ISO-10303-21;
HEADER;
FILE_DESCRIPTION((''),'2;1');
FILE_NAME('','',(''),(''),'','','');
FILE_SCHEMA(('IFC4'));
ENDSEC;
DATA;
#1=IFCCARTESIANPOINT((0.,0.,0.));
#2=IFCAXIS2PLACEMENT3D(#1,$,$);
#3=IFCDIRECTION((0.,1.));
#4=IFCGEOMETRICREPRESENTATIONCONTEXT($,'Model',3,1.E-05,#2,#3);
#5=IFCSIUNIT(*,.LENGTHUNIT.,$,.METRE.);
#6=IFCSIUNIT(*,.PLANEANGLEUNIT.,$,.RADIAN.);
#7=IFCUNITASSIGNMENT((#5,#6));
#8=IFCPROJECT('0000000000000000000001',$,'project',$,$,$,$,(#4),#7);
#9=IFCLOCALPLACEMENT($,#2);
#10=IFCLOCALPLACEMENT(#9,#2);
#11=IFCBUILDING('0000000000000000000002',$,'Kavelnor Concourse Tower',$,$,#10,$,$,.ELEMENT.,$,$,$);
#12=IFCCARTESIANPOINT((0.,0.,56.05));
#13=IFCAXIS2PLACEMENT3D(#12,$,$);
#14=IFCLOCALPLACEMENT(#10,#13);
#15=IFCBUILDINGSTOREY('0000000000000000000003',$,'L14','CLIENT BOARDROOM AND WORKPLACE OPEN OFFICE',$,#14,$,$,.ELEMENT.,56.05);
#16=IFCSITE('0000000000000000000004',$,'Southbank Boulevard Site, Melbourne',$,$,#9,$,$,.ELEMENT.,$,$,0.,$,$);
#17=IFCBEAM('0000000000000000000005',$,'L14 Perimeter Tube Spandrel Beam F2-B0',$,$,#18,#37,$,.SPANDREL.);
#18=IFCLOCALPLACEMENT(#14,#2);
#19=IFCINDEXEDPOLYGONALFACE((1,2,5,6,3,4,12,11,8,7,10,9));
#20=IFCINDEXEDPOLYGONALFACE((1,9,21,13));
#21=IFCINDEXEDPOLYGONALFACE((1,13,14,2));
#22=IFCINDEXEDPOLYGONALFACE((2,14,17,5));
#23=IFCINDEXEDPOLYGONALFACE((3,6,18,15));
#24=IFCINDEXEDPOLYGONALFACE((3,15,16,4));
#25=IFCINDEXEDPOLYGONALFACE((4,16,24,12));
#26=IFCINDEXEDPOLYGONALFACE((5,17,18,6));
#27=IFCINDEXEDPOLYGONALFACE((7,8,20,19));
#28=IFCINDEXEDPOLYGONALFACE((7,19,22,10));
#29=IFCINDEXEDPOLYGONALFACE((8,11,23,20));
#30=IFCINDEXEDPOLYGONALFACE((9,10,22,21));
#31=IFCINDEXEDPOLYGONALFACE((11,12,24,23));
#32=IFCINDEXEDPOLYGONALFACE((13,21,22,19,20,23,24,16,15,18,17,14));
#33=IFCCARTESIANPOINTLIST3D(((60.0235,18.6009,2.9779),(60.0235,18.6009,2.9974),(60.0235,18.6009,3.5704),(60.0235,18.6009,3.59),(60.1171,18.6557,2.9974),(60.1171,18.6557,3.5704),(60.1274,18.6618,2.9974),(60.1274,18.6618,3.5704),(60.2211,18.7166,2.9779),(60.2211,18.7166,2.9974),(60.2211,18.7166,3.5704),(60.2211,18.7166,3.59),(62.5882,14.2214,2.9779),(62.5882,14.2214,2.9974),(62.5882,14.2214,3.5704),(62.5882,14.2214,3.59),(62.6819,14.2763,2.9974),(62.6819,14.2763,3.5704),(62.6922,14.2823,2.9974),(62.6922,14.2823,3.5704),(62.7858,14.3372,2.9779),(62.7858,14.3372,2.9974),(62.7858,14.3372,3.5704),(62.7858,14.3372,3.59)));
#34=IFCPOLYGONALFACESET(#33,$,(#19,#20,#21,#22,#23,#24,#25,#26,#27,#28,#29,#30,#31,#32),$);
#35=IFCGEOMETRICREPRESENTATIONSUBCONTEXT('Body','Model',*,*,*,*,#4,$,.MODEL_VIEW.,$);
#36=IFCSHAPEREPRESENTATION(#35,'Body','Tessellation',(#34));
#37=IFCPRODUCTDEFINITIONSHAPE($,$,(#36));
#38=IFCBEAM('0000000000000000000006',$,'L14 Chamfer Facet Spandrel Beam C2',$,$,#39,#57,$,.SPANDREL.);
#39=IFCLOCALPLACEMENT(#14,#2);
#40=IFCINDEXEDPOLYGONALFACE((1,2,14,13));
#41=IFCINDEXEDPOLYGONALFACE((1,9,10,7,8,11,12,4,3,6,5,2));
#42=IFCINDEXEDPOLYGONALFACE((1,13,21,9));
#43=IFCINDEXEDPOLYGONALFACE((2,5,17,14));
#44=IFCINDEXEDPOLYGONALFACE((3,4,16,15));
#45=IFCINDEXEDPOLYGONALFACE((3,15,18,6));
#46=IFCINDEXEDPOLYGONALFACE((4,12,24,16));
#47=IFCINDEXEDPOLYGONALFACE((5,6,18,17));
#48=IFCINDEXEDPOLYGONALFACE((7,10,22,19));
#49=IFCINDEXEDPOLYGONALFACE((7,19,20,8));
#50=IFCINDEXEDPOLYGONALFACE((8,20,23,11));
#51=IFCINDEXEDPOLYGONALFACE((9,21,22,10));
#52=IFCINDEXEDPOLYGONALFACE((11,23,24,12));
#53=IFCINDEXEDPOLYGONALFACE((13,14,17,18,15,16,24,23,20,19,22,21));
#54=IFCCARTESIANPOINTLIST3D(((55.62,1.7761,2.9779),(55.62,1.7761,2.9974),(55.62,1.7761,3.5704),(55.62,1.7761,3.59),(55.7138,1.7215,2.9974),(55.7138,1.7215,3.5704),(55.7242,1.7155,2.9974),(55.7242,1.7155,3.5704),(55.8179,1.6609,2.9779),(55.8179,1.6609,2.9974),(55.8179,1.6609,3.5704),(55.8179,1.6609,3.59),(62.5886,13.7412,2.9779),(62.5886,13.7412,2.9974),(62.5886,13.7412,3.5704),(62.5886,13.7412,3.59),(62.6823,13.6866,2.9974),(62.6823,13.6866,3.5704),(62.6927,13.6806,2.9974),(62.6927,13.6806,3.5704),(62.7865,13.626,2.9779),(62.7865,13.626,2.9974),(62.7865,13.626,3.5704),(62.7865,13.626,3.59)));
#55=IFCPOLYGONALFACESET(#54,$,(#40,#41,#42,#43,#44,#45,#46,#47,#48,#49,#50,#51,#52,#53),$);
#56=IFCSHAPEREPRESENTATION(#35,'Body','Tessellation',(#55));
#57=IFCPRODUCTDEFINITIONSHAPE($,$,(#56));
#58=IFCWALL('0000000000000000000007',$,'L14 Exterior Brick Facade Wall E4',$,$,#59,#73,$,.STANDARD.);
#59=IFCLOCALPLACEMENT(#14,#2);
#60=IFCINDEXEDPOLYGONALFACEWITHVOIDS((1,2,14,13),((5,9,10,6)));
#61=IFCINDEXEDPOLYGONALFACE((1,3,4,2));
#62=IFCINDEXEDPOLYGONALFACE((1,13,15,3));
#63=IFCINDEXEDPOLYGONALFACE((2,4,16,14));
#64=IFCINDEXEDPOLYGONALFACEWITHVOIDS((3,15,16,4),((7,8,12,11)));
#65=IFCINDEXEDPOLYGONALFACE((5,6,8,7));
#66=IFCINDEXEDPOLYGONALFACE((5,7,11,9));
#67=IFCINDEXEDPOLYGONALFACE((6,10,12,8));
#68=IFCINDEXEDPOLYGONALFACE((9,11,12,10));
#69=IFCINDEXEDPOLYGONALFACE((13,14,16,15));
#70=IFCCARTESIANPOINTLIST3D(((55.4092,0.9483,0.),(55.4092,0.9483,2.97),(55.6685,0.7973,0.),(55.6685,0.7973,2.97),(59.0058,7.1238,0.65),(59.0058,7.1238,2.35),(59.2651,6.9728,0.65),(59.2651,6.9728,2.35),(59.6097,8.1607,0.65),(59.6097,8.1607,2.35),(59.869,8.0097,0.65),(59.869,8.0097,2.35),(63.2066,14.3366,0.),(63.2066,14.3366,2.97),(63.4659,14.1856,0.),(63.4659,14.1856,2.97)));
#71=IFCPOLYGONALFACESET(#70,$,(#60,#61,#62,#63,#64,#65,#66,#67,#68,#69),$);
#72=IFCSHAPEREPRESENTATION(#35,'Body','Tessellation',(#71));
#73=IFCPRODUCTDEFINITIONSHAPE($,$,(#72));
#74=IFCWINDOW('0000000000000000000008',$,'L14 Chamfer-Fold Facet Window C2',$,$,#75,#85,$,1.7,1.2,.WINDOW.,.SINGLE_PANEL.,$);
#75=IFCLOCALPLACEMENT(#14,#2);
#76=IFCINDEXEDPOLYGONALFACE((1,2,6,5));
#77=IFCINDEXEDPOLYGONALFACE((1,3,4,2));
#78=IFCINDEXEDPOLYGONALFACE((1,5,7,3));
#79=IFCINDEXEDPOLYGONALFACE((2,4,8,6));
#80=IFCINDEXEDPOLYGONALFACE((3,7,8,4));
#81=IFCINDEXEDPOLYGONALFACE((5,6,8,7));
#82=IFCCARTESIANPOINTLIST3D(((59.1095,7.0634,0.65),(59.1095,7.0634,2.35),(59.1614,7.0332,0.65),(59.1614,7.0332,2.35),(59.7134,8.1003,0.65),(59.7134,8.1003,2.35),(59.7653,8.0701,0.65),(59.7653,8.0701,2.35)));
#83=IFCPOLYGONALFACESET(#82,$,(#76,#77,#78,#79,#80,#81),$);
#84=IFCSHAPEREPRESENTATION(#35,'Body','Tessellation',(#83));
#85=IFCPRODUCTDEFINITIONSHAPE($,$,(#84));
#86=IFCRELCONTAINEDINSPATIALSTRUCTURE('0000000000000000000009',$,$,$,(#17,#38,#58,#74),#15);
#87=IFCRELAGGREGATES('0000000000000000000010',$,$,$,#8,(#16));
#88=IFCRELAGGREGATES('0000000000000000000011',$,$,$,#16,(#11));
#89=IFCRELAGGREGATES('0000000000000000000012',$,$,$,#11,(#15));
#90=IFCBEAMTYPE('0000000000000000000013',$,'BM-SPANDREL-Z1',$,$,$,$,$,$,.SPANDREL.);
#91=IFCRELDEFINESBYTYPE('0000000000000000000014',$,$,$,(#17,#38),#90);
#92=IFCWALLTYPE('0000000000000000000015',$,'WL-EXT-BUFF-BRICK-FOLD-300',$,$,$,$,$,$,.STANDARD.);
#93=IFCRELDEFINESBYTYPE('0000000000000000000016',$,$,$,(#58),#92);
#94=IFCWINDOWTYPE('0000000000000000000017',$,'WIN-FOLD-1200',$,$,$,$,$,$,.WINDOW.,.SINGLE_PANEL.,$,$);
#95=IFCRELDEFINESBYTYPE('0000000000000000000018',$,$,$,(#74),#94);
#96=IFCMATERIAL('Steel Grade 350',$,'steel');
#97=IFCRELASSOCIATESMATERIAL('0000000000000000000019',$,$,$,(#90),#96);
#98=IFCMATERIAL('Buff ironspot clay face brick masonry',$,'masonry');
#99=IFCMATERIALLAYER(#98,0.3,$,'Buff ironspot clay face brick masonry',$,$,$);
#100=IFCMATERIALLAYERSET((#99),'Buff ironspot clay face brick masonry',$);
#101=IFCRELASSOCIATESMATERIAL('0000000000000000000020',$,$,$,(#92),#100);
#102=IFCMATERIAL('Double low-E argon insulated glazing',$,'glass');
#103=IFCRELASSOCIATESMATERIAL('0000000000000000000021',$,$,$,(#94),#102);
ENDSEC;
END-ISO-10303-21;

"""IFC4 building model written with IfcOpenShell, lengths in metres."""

from ifc_helpers import new_model, si_unit, direction, frame, frame_2d, origin, origin_2d, place, context, subcontext, project, spatial, rectangle, i_section, extrude, material, layer, layer_set, material_profile, profile_set, type_object, element, fill, save


model = new_model("IFC4")

# Units and contexts
model_context = context("Model", 3, precision=1e-05, world=origin(), true_north=direction((0.0, 1.0)))
body_context = subcontext(model_context, "Body", "Model", "MODEL_VIEW")
ifc_project = project(units=[si_unit("LENGTHUNIT", "METRE"), si_unit("PLANEANGLEUNIT", "RADIAN")], contexts=[model_context])

# Site, building, storey
site_placement = place(None, origin())
site = spatial("IfcSite", under=ifc_project, at=site_placement, Name="Southbank Boulevard Site, Melbourne", CompositionType="ELEMENT", RefElevation=0.0)
building_placement = place(site_placement, origin())
building = spatial("IfcBuilding", under=site, at=building_placement, Name="Kavelnor Concourse Tower", CompositionType="ELEMENT")
storey_placement = place(building_placement, frame((0.0, 0.0, 56.05)))
storey = spatial("IfcBuildingStorey", under=building, at=storey_placement, Name="L14", Description="CLIENT BOARDROOM AND WORKPLACE OPEN OFFICE", CompositionType="ELEMENT", Elevation=56.05)

# Shared definitions
ifc_material_1 = material(Name="Steel Grade 350", Category="steel")

# Beams
ifc_material_profile_1 = material_profile(ifc_material_1, i_section(OverallWidth=0.229, OverallDepth=0.6121, WebThickness=0.012, FlangeThickness=0.0195, at=origin_2d()), Name="610UB125")
ifc_profile_set_1 = profile_set([ifc_material_profile_1], Name="Steel Grade 350")
beam_type_1 = type_object("IfcBeamType", Name="BM-SPANDREL-Z1", PredefinedType="SPANDREL", material=ifc_profile_set_1)
beam_1_placement = place(storey_placement, frame((62.687, 14.2793, 3.2839), z_axis=(-0.505348, 0.862916, 0.0), x_axis=(-0.862916, -0.505348, 0.0)))
element("IfcBeam", 1, at=beam_1_placement, inside=storey, type_object=beam_type_1, Name="L14 Perimeter Tube Spandrel Beam F2-B0", PredefinedType="SPANDREL", context=body_context, shape_type="SweptSolid", body=[
    extrude(i_section(OverallWidth=0.229, OverallDepth=0.6121, WebThickness=0.012, FlangeThickness=0.0195, at=origin_2d()), origin(), (0.0, 0.0, 1.0), 5.0752),
])
beam_2_placement = place(storey_placement, frame((55.719, 1.7185, 3.2839), z_axis=(0.503271, 0.864129, 0.0), x_axis=(-0.864129, 0.503271, 0.0)))
element("IfcBeam", 2, at=beam_2_placement, inside=storey, type_object=beam_type_1, Name="L14 Chamfer Facet Spandrel Beam C2", PredefinedType="SPANDREL", context=body_context, shape_type="SweptSolid", body=[
    extrude(i_section(OverallWidth=0.229, OverallDepth=0.6121, WebThickness=0.012, FlangeThickness=0.0195, at=origin_2d()), origin(), (0.0, 0.0, 1.0), 13.8464),
])

# Wall, opening, window
ifc_material_2 = material(Name="Buff ironspot clay face brick masonry", Category="masonry")
ifc_layer_1 = layer(ifc_material_2, 0.3, Name="Buff ironspot clay face brick masonry")
ifc_layer_set_1 = layer_set([ifc_layer_1], Name="Buff ironspot clay face brick masonry")
wall_type_1 = type_object("IfcWallType", Name="WL-EXT-BUFF-BRICK-FOLD-300", PredefinedType="STANDARD", material=ifc_layer_set_1)
wall_1_placement = place(storey_placement, frame((63.3362, 14.261, 0.0), z_axis=(0.0, 0.0, 1.0), x_axis=(-0.503273, -0.864127, 0.0)))
wall_1 = element("IfcWall", 3, at=wall_1_placement, inside=storey, type_object=wall_type_1, Name="L14 Exterior Brick Facade Wall E4", PredefinedType="STANDARD", context=body_context, shape_type="SweptSolid", body=[
    extrude(rectangle(XDim=15.4934, YDim=0.3, at=frame_2d((7.7466, 0.0))), origin(), (0.0, 0.0, 1.0), 2.97),
])
opening_1_placement = place(wall_1_placement, frame((7.1467, 0.0, 0.6499)))
opening_1 = element("IfcOpeningElement", 4, at=opening_1_placement, cuts=wall_1, PredefinedType="OPENING", context=body_context, shape_type="SweptSolid", body=[
    extrude(rectangle(XDim=1.2, YDim=1.7, at=frame_2d((0.6001, 0.8501))), frame((0.0, 0.1602, 0.0), z_axis=(0.0, -1.0, 0.0), x_axis=(1.0, 0.0, 0.0)), (0.0, 0.0, 1.0), 0.3201),
])
ifc_material_3 = material(Name="Double low-E argon insulated glazing", Category="glass")
window_type_1 = type_object("IfcWindowType", Name="WIN-FOLD-1200", PartitioningType="SINGLE_PANEL", PredefinedType="WINDOW", material=ifc_material_3)
window_1_placement = place(opening_1_placement, origin())
window_1 = element("IfcWindow", 5, at=window_1_placement, inside=storey, type_object=window_type_1, Name="L14 Chamfer-Fold Facet Window C2", OverallHeight=1.7, OverallWidth=1.2, PartitioningType="SINGLE_PANEL", PredefinedType="WINDOW", context=body_context, shape_type="SweptSolid", body=[
    extrude(rectangle(XDim=1.2, YDim=1.7, at=frame_2d((0.6001, 0.8501))), frame((0.0, 0.03, 0.0), z_axis=(0.0, -1.0, 0.0), x_axis=(1.0, 0.0, 0.0)), (0.0, 0.0, 1.0), 0.0601),
])
fill(opening_1, window_1)

save(model, "model.ifc")
